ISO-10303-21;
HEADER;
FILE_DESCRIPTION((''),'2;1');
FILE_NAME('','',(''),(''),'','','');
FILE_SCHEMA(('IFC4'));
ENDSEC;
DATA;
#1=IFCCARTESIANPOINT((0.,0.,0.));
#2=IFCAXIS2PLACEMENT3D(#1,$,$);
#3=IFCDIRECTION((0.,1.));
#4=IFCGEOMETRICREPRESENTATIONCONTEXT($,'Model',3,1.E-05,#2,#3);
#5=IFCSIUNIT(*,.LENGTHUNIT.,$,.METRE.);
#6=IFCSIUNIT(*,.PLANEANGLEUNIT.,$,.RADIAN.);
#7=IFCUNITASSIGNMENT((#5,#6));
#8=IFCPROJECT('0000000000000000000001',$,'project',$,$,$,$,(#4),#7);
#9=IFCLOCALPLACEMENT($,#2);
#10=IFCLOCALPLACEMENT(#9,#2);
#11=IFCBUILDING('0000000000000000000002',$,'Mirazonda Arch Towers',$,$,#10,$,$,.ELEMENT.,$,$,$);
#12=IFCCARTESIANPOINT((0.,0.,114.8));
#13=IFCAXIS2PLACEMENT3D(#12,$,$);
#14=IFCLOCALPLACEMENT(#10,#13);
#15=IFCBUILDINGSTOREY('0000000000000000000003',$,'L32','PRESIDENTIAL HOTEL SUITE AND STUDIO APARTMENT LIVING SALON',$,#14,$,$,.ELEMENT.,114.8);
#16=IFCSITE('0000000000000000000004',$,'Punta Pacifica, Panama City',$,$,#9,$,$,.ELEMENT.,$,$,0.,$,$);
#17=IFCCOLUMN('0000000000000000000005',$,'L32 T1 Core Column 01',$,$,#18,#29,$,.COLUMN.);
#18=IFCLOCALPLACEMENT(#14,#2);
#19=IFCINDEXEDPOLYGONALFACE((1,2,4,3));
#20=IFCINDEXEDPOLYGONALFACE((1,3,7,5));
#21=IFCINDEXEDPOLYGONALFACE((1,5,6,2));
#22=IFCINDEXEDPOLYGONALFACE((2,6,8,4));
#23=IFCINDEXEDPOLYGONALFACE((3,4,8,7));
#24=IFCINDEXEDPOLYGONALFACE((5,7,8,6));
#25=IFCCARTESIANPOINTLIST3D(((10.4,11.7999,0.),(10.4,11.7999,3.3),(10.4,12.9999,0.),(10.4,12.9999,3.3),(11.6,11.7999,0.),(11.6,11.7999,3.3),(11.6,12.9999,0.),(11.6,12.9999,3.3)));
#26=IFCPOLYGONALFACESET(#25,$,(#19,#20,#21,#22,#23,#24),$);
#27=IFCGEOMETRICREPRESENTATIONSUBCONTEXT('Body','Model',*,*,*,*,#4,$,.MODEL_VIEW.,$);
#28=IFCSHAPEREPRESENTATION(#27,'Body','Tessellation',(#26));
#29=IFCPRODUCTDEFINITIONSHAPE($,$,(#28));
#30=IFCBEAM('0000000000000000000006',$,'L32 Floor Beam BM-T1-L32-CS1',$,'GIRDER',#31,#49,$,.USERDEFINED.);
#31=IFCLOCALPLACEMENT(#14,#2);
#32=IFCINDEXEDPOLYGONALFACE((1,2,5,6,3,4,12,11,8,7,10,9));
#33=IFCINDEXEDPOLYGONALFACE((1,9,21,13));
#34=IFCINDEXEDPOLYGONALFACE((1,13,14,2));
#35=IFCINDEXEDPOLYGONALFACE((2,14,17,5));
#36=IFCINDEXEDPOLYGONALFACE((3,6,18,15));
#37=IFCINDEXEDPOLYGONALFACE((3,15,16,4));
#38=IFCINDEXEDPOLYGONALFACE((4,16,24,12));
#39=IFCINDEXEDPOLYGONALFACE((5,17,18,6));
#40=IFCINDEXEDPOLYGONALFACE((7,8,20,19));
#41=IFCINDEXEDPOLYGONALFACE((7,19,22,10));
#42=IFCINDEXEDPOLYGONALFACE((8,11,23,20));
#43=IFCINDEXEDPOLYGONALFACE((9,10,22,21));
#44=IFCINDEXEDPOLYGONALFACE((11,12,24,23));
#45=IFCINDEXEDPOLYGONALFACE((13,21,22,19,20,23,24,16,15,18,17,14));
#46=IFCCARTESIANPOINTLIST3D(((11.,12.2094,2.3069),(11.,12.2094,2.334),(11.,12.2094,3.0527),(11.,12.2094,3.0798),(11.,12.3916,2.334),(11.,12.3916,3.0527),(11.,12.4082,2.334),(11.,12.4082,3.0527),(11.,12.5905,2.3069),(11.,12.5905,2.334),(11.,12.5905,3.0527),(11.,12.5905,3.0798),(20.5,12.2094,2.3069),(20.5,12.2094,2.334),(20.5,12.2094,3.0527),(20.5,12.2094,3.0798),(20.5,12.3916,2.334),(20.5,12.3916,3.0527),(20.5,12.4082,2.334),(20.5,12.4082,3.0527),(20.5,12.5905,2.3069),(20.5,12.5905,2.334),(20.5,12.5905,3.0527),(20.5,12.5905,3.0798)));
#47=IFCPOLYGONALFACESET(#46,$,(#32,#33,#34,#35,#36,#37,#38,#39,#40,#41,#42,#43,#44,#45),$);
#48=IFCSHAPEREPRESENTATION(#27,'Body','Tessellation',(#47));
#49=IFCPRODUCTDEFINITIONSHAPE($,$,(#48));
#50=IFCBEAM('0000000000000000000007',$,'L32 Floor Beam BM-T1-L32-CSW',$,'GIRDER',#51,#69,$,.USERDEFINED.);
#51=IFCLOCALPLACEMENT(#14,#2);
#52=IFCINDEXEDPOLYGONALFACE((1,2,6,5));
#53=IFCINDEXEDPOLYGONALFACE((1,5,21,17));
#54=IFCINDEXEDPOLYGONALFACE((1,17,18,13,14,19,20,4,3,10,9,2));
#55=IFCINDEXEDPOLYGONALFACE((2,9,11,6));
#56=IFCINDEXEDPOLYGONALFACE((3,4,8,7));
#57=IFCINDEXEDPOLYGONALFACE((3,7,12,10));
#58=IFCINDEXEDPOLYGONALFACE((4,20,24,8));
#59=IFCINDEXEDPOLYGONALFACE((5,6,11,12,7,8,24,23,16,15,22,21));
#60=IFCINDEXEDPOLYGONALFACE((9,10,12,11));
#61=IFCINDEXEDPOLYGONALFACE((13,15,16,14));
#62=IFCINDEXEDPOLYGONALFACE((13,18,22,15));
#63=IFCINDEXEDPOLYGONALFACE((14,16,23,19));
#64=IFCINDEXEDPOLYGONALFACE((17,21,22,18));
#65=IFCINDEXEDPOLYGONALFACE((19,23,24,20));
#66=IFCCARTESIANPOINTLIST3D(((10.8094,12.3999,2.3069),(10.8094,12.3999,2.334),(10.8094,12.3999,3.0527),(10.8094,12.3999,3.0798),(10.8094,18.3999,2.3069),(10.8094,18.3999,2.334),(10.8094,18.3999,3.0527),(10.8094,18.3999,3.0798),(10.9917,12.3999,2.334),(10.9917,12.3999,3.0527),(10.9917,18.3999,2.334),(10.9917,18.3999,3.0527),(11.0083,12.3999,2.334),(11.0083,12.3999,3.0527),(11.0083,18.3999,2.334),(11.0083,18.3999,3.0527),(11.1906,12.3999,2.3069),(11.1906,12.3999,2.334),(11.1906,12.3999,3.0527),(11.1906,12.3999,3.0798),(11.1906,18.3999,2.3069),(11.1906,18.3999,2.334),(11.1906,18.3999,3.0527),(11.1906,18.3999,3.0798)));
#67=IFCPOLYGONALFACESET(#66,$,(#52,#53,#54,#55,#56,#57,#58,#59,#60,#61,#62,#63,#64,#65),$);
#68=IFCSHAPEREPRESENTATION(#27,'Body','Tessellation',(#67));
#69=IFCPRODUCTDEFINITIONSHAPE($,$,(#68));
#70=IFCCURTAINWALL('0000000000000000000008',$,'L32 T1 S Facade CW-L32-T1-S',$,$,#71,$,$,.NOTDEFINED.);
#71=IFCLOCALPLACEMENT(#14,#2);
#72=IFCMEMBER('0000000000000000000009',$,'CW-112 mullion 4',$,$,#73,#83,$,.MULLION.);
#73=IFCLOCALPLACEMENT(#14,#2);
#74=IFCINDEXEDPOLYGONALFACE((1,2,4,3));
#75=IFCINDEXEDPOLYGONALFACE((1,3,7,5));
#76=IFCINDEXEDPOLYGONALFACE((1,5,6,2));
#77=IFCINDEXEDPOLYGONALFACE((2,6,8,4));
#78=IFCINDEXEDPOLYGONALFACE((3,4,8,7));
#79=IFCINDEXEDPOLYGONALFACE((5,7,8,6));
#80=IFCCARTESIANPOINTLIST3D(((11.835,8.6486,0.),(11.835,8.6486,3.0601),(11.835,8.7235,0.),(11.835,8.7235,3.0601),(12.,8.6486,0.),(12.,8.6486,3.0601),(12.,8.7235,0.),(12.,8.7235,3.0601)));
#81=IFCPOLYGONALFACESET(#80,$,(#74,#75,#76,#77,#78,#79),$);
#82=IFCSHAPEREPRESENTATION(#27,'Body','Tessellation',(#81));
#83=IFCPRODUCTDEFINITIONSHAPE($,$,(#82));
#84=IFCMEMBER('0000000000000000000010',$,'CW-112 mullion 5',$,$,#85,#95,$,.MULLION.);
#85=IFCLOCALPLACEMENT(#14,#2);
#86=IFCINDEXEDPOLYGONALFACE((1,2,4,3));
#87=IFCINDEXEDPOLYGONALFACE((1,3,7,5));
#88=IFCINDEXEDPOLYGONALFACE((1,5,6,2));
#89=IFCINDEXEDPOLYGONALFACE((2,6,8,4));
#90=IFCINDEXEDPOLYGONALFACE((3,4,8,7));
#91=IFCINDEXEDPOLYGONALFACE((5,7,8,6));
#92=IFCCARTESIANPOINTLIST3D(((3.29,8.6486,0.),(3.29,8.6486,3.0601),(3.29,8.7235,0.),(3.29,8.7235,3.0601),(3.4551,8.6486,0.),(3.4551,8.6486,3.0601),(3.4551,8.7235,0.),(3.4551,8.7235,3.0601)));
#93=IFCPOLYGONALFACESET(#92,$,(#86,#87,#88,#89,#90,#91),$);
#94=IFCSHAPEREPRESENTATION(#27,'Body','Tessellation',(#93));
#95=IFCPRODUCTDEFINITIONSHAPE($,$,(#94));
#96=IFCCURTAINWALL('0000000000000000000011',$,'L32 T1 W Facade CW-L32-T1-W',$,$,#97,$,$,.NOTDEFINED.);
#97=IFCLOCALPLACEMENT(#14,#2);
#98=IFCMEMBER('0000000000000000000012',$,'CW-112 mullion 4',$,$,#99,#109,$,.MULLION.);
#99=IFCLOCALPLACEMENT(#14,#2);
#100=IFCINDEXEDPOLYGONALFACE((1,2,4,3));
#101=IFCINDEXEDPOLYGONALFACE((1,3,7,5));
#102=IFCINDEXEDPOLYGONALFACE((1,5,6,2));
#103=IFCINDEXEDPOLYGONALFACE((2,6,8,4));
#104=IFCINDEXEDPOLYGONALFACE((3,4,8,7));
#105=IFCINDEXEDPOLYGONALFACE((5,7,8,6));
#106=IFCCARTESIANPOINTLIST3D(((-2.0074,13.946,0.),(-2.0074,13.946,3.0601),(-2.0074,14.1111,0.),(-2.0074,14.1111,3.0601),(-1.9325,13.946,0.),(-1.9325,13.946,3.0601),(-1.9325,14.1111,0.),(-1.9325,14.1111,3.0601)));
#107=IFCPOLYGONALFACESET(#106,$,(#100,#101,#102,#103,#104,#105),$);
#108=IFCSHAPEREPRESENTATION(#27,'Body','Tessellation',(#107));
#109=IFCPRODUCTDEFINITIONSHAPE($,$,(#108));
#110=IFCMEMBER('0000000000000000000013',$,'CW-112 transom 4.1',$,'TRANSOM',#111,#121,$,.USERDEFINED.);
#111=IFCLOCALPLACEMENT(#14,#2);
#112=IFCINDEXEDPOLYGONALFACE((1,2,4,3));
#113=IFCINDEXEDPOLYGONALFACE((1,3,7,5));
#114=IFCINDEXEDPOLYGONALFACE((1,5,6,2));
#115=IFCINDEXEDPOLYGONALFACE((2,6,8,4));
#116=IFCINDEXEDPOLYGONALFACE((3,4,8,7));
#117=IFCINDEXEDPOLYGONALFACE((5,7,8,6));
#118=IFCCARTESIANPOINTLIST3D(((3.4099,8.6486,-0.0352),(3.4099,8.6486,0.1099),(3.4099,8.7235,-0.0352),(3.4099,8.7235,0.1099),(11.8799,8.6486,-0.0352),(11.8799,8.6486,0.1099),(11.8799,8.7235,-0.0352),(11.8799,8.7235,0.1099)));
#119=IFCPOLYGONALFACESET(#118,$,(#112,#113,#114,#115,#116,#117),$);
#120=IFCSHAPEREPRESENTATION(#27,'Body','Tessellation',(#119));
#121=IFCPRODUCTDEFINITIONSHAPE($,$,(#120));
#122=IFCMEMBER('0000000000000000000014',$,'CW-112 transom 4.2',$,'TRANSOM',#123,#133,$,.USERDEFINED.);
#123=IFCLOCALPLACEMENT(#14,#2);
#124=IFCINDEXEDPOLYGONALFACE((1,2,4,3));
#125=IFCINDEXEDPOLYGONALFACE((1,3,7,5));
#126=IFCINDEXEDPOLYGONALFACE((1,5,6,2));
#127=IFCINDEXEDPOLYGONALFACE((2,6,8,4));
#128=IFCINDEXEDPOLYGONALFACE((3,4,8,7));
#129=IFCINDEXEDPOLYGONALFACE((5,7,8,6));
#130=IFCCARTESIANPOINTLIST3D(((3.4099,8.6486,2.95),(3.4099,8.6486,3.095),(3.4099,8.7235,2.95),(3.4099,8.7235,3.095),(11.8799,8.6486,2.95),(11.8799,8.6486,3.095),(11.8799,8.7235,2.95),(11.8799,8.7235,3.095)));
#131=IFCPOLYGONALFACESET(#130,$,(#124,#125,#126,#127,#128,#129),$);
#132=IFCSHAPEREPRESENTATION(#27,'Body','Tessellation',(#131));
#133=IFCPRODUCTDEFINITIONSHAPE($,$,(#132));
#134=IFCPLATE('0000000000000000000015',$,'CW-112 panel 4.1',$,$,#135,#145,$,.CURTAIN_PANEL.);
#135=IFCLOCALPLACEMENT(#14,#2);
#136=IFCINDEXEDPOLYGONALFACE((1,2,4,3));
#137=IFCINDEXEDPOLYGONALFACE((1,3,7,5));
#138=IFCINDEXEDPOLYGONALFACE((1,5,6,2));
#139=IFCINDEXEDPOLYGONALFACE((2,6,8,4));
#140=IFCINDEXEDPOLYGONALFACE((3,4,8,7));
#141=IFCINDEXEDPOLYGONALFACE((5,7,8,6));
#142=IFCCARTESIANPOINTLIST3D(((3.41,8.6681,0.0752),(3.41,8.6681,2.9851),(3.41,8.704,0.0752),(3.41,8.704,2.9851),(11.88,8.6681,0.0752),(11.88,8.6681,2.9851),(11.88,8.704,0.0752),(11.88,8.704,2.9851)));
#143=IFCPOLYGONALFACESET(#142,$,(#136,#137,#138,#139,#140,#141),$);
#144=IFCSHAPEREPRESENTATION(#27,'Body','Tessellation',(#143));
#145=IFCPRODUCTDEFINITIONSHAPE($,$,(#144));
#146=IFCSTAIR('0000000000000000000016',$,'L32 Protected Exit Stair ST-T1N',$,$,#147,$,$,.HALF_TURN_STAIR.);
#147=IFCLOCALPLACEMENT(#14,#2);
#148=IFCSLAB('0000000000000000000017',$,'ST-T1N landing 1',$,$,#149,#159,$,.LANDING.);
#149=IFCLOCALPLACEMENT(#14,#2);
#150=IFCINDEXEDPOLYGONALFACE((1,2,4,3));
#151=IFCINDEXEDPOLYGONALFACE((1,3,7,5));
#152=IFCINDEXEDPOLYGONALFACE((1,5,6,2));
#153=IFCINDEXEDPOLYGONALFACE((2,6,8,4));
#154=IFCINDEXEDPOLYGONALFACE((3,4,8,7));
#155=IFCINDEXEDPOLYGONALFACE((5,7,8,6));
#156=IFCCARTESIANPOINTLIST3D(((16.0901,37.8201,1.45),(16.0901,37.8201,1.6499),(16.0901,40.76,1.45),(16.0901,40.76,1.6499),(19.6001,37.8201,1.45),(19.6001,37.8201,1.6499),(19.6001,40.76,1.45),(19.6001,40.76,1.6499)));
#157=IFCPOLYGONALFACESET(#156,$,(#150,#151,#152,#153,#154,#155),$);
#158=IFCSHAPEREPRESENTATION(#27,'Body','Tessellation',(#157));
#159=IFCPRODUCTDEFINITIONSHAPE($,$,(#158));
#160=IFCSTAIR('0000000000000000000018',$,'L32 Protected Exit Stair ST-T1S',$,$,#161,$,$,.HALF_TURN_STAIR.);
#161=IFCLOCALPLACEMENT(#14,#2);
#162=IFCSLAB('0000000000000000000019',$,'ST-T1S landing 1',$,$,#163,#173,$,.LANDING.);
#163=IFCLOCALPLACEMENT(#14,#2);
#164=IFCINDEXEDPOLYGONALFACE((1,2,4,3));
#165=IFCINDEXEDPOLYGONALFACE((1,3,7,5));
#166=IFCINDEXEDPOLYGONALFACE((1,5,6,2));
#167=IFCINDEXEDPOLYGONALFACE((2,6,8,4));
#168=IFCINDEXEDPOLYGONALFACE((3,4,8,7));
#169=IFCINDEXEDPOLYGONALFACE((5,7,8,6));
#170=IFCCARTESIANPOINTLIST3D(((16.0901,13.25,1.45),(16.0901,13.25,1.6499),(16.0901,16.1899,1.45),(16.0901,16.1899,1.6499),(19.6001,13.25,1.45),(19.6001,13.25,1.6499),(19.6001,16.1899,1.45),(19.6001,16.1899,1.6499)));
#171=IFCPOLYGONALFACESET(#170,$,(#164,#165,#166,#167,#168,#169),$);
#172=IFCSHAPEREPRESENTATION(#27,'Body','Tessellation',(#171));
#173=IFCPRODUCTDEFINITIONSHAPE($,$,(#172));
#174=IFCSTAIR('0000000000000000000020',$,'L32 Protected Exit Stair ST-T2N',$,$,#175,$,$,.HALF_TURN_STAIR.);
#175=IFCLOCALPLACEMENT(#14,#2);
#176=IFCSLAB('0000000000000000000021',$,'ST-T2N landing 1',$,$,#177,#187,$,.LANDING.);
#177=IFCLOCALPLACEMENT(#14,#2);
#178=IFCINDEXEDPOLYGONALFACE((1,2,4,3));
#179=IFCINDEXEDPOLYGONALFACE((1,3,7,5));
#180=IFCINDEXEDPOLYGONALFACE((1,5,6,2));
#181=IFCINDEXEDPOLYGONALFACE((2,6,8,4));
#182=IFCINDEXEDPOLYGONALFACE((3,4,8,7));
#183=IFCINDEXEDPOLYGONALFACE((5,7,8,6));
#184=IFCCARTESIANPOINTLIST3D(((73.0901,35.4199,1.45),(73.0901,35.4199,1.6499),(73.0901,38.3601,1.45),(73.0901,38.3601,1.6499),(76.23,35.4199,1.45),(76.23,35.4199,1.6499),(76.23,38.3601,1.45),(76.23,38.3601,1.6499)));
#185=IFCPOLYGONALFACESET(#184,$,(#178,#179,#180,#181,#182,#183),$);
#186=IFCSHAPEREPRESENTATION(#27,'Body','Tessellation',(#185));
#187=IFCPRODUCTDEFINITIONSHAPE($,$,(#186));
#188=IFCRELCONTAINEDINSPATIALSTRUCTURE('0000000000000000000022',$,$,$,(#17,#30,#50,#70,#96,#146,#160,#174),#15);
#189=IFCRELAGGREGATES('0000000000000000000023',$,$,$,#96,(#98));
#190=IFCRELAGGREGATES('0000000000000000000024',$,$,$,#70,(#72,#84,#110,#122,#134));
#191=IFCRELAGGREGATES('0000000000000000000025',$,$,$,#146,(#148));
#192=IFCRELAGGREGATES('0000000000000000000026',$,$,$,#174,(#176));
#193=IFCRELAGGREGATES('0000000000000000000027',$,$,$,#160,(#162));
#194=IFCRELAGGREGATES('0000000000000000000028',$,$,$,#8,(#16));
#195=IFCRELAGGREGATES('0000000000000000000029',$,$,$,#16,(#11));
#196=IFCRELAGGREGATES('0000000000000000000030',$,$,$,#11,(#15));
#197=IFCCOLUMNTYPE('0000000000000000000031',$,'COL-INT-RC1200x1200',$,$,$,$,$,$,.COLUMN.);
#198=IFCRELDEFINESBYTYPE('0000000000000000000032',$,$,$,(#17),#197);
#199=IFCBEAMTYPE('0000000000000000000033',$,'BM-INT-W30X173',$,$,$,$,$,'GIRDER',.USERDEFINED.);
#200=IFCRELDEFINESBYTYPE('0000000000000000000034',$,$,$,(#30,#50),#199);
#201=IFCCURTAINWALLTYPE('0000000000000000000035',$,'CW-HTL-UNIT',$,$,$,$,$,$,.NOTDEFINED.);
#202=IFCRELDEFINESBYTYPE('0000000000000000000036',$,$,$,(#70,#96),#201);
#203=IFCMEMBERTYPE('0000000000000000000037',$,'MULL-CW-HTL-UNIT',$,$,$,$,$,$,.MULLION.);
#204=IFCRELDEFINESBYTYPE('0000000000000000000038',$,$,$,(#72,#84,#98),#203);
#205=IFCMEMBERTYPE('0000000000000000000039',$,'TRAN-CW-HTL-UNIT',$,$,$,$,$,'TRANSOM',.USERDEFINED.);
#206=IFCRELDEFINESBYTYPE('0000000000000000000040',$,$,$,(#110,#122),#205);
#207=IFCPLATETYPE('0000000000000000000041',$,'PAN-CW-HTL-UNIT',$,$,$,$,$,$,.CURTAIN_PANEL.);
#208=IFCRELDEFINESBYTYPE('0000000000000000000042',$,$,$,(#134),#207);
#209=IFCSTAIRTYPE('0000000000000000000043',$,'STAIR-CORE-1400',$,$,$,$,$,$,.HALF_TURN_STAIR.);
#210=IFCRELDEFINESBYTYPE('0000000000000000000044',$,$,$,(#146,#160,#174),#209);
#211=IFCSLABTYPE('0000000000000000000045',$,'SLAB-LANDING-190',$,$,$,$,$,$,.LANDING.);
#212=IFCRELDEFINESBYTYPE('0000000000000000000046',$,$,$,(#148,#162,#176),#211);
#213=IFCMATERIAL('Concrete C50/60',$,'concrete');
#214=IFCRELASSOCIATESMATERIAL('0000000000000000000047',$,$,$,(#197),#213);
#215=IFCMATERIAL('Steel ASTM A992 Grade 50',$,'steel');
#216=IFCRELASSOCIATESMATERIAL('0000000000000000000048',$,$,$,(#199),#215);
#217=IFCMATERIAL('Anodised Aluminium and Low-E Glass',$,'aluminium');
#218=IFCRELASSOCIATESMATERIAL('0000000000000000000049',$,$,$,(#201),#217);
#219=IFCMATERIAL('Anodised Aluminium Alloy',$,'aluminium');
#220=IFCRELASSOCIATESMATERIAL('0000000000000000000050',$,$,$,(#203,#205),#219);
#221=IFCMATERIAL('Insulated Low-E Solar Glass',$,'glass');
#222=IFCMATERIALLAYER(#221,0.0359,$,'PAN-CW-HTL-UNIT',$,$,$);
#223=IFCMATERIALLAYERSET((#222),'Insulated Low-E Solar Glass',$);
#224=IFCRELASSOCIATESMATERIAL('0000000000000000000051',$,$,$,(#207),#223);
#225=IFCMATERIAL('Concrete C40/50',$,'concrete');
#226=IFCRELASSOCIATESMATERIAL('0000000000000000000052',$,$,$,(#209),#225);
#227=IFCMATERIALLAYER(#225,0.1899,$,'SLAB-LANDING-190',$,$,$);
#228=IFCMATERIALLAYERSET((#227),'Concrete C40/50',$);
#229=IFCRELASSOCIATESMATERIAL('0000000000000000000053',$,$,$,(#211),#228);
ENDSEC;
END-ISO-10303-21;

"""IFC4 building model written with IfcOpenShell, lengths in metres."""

from ifc_helpers import new_model, si_unit, direction, frame, origin, origin_2d, place, context, subcontext, project, spatial, polyline, rectangle, i_section, outline, extrude, material, layer, layer_set, material_profile, profile_set, type_object, element, aggregate, save


model = new_model("IFC4")

# Units and contexts
model_context = context("Model", 3, precision=1e-05, world=origin(), true_north=direction((0.0, 1.0)))
body_context = subcontext(model_context, "Body", "Model", "MODEL_VIEW")
ifc_project = project(units=[si_unit("LENGTHUNIT", "METRE"), si_unit("PLANEANGLEUNIT", "RADIAN")], contexts=[model_context])

# Site, building, storey
site_placement = place(None, origin())
site = spatial("IfcSite", under=ifc_project, at=site_placement, Name="Punta Pacifica, Panama City", CompositionType="ELEMENT", RefElevation=0.0)
building_placement = place(site_placement, origin())
building = spatial("IfcBuilding", under=site, at=building_placement, Name="Mirazonda Arch Towers", CompositionType="ELEMENT")
storey_placement = place(building_placement, frame((0.0, 0.0, 114.8)))
storey = spatial("IfcBuildingStorey", under=building, at=storey_placement, Name="L32", Description="PRESIDENTIAL HOTEL SUITE AND STUDIO APARTMENT LIVING SALON", CompositionType="ELEMENT", Elevation=114.8)

# Column
ifc_material_1 = material(Name="Concrete C50/60", Category="concrete")
ifc_material_profile_1 = material_profile(ifc_material_1, rectangle(XDim=1.2, YDim=1.2, at=origin_2d()), Name="RC1200x1200")
ifc_profile_set_1 = profile_set([ifc_material_profile_1], Name="Concrete C50/60")
column_type = type_object("IfcColumnType", Name="COL-INT-RC1200x1200", PredefinedType="COLUMN", material=ifc_profile_set_1)
column_placement = place(storey_placement, frame((11.0, 12.3999, 0.0), z_axis=(0.0, 0.0, 1.0), x_axis=(1.0, 0.0, 0.0)))
element("IfcColumn", 1, at=column_placement, inside=storey, type_object=column_type, Name="L32 T1 Core Column 01", PredefinedType="COLUMN", context=body_context, shape_type="SweptSolid", body=[
    extrude(rectangle(XDim=1.2, YDim=1.2, at=origin_2d()), origin(), (0.0, 0.0, 1.0), 3.3),
])

# Beams
ifc_material_2 = material(Name="Steel ASTM A992 Grade 50", Category="steel")
ifc_material_profile_2 = material_profile(ifc_material_2, i_section(OverallWidth=0.3811, OverallDepth=0.7729, WebThickness=0.0166, FlangeThickness=0.0271, at=origin_2d()), Name="W30X173")
ifc_profile_set_2 = profile_set([ifc_material_profile_2], Name="Steel ASTM A992 Grade 50")
beam_type = type_object("IfcBeamType", Name="BM-INT-W30X173", ElementType="GIRDER", PredefinedType="USERDEFINED", material=ifc_profile_set_2)
beam_1_placement = place(storey_placement, frame((11.0, 12.3999, 2.6934), z_axis=(1.0, 0.0, 0.0), x_axis=(0.0, 1.0, 0.0)))
element("IfcBeam", 2, at=beam_1_placement, inside=storey, type_object=beam_type, Name="L32 Floor Beam BM-T1-L32-CS1", ObjectType="GIRDER", PredefinedType="USERDEFINED", context=body_context, shape_type="SweptSolid", body=[
    extrude(i_section(OverallWidth=0.3811, OverallDepth=0.7729, WebThickness=0.0166, FlangeThickness=0.0271, at=origin_2d()), origin(), (0.0, 0.0, 1.0), 9.5),
])
beam_2_placement = place(storey_placement, frame((11.0, 12.3999, 2.6934), z_axis=(0.0, 1.0, 0.0), x_axis=(-1.0, 0.0, 0.0)))
element("IfcBeam", 3, at=beam_2_placement, inside=storey, type_object=beam_type, Name="L32 Floor Beam BM-T1-L32-CSW", ObjectType="GIRDER", PredefinedType="USERDEFINED", context=body_context, shape_type="SweptSolid", body=[
    extrude(i_section(OverallWidth=0.3811, OverallDepth=0.7729, WebThickness=0.0166, FlangeThickness=0.0271, at=origin_2d()), origin(), (0.0, 0.0, 1.0), 6.0),
])

# Curtain wall, members
ifc_material_3 = material(Name="Anodised Aluminium and Low-E Glass", Category="aluminium")
curtain_wall_type = type_object("IfcCurtainWallType", Name="CW-HTL-UNIT", PredefinedType="NOTDEFINED", material=ifc_material_3)
curtain_wall_1_placement = place(storey_placement, origin())
curtain_wall_1 = element("IfcCurtainWall", 4, at=curtain_wall_1_placement, inside=storey, type_object=curtain_wall_type, Name="L32 T1 S Facade CW-L32-T1-S", PredefinedType="NOTDEFINED")
ifc_material_4 = material(Name="Anodised Aluminium Alloy", Category="aluminium")
ifc_material_profile_3 = material_profile(ifc_material_4, rectangle(XDim=0.075, YDim=0.165, at=origin_2d()), Name="ALU-MULL-75x165")
ifc_profile_set_3 = profile_set([ifc_material_profile_3], Name="Anodised Aluminium Alloy")
member_type_1 = type_object("IfcMemberType", Name="MULL-CW-HTL-UNIT", PredefinedType="MULLION", material=ifc_profile_set_3)
member_1_placement = place(storey_placement, frame((11.9175, 8.686, 0.0), z_axis=(0.0, 0.0, 1.0), x_axis=(0.0, -1.0, 0.0)))
member_1 = element("IfcMember", 5, at=member_1_placement, type_object=member_type_1, Name="CW-112 mullion 4", PredefinedType="MULLION", context=body_context, shape_type="SweptSolid", body=[
    extrude(rectangle(XDim=0.075, YDim=0.165, at=origin_2d()), origin(), (0.0, 0.0, 1.0), 3.0601),
])
member_2_placement = place(storey_placement, frame((3.3726, 8.686, 0.0), z_axis=(0.0, 0.0, 1.0), x_axis=(0.0, -1.0, 0.0)))
member_2 = element("IfcMember", 6, at=member_2_placement, type_object=member_type_1, Name="CW-112 mullion 5", PredefinedType="MULLION", context=body_context, shape_type="SweptSolid", body=[
    extrude(rectangle(XDim=0.075, YDim=0.165, at=origin_2d()), origin(), (0.0, 0.0, 1.0), 3.0601),
])

# Curtain wall, member
curtain_wall_2_placement = place(storey_placement, origin())
curtain_wall_2 = element("IfcCurtainWall", 7, at=curtain_wall_2_placement, inside=storey, type_object=curtain_wall_type, Name="L32 T1 W Facade CW-L32-T1-W", PredefinedType="NOTDEFINED")
member_3_placement = place(storey_placement, frame((-1.97, 14.0286, 0.0), z_axis=(0.0, 0.0, 1.0), x_axis=(1.0, 0.0, 0.0)))
member_3 = element("IfcMember", 8, at=member_3_placement, type_object=member_type_1, Name="CW-112 mullion 4", PredefinedType="MULLION", context=body_context, shape_type="SweptSolid", body=[
    extrude(rectangle(XDim=0.075, YDim=0.165, at=origin_2d()), origin(), (0.0, 0.0, 1.0), 3.0601),
])
aggregate(curtain_wall_2, [member_3])

# Members
ifc_material_profile_4 = material_profile(ifc_material_4, rectangle(XDim=0.075, YDim=0.145, at=origin_2d()), Name="ALU-TRAN-75x145")
ifc_profile_set_4 = profile_set([ifc_material_profile_4], Name="Anodised Aluminium Alloy")
member_type_2 = type_object("IfcMemberType", Name="TRAN-CW-HTL-UNIT", ElementType="TRANSOM", PredefinedType="USERDEFINED", material=ifc_profile_set_4)
member_4_placement = place(storey_placement, frame((11.8799, 8.686, 0.0374), z_axis=(-1.0, 0.0, 0.0), x_axis=(0.0, -1.0, 0.0)))
member_4 = element("IfcMember", 9, at=member_4_placement, type_object=member_type_2, Name="CW-112 transom 4.1", ObjectType="TRANSOM", PredefinedType="USERDEFINED", context=body_context, shape_type="SweptSolid", body=[
    extrude(rectangle(XDim=0.075, YDim=0.145, at=origin_2d()), origin(), (0.0, 0.0, 1.0), 8.47),
])
member_5_placement = place(storey_placement, frame((11.8799, 8.686, 3.0225), z_axis=(-1.0, 0.0, 0.0), x_axis=(0.0, -1.0, 0.0)))
member_5 = element("IfcMember", 10, at=member_5_placement, type_object=member_type_2, Name="CW-112 transom 4.2", ObjectType="TRANSOM", PredefinedType="USERDEFINED", context=body_context, shape_type="SweptSolid", body=[
    extrude(rectangle(XDim=0.075, YDim=0.145, at=origin_2d()), origin(), (0.0, 0.0, 1.0), 8.47),
])

# Plate
ifc_material_5 = material(Name="Insulated Low-E Solar Glass", Category="glass")
ifc_layer_1 = layer(ifc_material_5, 0.0359, Name="PAN-CW-HTL-UNIT")
ifc_layer_set_1 = layer_set([ifc_layer_1], Name="Insulated Low-E Solar Glass")
plate_type = type_object("IfcPlateType", Name="PAN-CW-HTL-UNIT", PredefinedType="CURTAIN_PANEL", material=ifc_layer_set_1)
plate_placement = place(storey_placement, frame((7.645, 8.686, 0.0752), z_axis=(0.0, 0.0, 1.0), x_axis=(-1.0, 0.0, 0.0)))
plate = element("IfcPlate", 11, at=plate_placement, type_object=plate_type, Name="CW-112 panel 4.1", PredefinedType="CURTAIN_PANEL", context=body_context, shape_type="SweptSolid", body=[
    extrude(rectangle(XDim=8.47, YDim=0.0359, at=origin_2d()), origin(), (0.0, 0.0, 1.0), 2.9099),
])
aggregate(curtain_wall_1, [member_1, member_2, member_4, member_5, plate])

# Stairs, slabs
ifc_material_6 = material(Name="Concrete C40/50", Category="concrete")
stair_type = type_object("IfcStairType", Name="STAIR-CORE-1400", PredefinedType="HALF_TURN_STAIR", material=ifc_material_6)
stair_1_placement = place(storey_placement, origin())
stair_1 = element("IfcStair", 12, at=stair_1_placement, inside=storey, type_object=stair_type, Name="L32 Protected Exit Stair ST-T1N", PredefinedType="HALF_TURN_STAIR")
ifc_layer_2 = layer(ifc_material_6, 0.1899, Name="SLAB-LANDING-190")
ifc_layer_set_2 = layer_set([ifc_layer_2], Name="Concrete C40/50")
slab_type_1 = type_object("IfcSlabType", Name="SLAB-LANDING-190", PredefinedType="LANDING", material=ifc_layer_set_2)
slab_1_placement = place(storey_placement, frame((0.0, 0.0, 1.45)))
slab_1 = element("IfcSlab", 13, at=slab_1_placement, type_object=slab_type_1, Name="ST-T1N landing 1", PredefinedType="LANDING", context=body_context, shape_type="SweptSolid", body=[
    extrude(outline(polyline([(16.0901, 37.8201), (19.6001, 37.8201), (19.6001, 40.76), (16.0901, 40.76), (16.0901, 37.8201)])), origin(), (0.0, 0.0, 1.0), 0.2),
])
aggregate(stair_1, [slab_1])
stair_2_placement = place(storey_placement, origin())
stair_2 = element("IfcStair", 14, at=stair_2_placement, inside=storey, type_object=stair_type, Name="L32 Protected Exit Stair ST-T1S", PredefinedType="HALF_TURN_STAIR")
slab_2_placement = place(storey_placement, frame((0.0, 0.0, 1.45)))
slab_2 = element("IfcSlab", 15, at=slab_2_placement, type_object=slab_type_1, Name="ST-T1S landing 1", PredefinedType="LANDING", context=body_context, shape_type="SweptSolid", body=[
    extrude(outline(polyline([(16.0901, 13.25), (19.6001, 13.25), (19.6001, 16.1899), (16.0901, 16.1899), (16.0901, 13.25)])), origin(), (0.0, 0.0, 1.0), 0.2),
])
stair_3_placement = place(storey_placement, origin())
stair_3 = element("IfcStair", 16, at=stair_3_placement, inside=storey, type_object=stair_type, Name="L32 Protected Exit Stair ST-T2N", PredefinedType="HALF_TURN_STAIR")
slab_3_placement = place(storey_placement, frame((0.0, 0.0, 1.45)))
slab_3 = element("IfcSlab", 17, at=slab_3_placement, type_object=slab_type_1, Name="ST-T2N landing 1", PredefinedType="LANDING", context=body_context, shape_type="SweptSolid", body=[
    extrude(outline(polyline([(73.0901, 35.4199), (76.23, 35.4199), (76.23, 38.3601), (73.0901, 38.3601), (73.0901, 35.4199)])), origin(), (0.0, 0.0, 1.0), 0.2),
])
aggregate(stair_3, [slab_3])

aggregate(stair_2, [slab_2])

save(model, "model.ifc")
